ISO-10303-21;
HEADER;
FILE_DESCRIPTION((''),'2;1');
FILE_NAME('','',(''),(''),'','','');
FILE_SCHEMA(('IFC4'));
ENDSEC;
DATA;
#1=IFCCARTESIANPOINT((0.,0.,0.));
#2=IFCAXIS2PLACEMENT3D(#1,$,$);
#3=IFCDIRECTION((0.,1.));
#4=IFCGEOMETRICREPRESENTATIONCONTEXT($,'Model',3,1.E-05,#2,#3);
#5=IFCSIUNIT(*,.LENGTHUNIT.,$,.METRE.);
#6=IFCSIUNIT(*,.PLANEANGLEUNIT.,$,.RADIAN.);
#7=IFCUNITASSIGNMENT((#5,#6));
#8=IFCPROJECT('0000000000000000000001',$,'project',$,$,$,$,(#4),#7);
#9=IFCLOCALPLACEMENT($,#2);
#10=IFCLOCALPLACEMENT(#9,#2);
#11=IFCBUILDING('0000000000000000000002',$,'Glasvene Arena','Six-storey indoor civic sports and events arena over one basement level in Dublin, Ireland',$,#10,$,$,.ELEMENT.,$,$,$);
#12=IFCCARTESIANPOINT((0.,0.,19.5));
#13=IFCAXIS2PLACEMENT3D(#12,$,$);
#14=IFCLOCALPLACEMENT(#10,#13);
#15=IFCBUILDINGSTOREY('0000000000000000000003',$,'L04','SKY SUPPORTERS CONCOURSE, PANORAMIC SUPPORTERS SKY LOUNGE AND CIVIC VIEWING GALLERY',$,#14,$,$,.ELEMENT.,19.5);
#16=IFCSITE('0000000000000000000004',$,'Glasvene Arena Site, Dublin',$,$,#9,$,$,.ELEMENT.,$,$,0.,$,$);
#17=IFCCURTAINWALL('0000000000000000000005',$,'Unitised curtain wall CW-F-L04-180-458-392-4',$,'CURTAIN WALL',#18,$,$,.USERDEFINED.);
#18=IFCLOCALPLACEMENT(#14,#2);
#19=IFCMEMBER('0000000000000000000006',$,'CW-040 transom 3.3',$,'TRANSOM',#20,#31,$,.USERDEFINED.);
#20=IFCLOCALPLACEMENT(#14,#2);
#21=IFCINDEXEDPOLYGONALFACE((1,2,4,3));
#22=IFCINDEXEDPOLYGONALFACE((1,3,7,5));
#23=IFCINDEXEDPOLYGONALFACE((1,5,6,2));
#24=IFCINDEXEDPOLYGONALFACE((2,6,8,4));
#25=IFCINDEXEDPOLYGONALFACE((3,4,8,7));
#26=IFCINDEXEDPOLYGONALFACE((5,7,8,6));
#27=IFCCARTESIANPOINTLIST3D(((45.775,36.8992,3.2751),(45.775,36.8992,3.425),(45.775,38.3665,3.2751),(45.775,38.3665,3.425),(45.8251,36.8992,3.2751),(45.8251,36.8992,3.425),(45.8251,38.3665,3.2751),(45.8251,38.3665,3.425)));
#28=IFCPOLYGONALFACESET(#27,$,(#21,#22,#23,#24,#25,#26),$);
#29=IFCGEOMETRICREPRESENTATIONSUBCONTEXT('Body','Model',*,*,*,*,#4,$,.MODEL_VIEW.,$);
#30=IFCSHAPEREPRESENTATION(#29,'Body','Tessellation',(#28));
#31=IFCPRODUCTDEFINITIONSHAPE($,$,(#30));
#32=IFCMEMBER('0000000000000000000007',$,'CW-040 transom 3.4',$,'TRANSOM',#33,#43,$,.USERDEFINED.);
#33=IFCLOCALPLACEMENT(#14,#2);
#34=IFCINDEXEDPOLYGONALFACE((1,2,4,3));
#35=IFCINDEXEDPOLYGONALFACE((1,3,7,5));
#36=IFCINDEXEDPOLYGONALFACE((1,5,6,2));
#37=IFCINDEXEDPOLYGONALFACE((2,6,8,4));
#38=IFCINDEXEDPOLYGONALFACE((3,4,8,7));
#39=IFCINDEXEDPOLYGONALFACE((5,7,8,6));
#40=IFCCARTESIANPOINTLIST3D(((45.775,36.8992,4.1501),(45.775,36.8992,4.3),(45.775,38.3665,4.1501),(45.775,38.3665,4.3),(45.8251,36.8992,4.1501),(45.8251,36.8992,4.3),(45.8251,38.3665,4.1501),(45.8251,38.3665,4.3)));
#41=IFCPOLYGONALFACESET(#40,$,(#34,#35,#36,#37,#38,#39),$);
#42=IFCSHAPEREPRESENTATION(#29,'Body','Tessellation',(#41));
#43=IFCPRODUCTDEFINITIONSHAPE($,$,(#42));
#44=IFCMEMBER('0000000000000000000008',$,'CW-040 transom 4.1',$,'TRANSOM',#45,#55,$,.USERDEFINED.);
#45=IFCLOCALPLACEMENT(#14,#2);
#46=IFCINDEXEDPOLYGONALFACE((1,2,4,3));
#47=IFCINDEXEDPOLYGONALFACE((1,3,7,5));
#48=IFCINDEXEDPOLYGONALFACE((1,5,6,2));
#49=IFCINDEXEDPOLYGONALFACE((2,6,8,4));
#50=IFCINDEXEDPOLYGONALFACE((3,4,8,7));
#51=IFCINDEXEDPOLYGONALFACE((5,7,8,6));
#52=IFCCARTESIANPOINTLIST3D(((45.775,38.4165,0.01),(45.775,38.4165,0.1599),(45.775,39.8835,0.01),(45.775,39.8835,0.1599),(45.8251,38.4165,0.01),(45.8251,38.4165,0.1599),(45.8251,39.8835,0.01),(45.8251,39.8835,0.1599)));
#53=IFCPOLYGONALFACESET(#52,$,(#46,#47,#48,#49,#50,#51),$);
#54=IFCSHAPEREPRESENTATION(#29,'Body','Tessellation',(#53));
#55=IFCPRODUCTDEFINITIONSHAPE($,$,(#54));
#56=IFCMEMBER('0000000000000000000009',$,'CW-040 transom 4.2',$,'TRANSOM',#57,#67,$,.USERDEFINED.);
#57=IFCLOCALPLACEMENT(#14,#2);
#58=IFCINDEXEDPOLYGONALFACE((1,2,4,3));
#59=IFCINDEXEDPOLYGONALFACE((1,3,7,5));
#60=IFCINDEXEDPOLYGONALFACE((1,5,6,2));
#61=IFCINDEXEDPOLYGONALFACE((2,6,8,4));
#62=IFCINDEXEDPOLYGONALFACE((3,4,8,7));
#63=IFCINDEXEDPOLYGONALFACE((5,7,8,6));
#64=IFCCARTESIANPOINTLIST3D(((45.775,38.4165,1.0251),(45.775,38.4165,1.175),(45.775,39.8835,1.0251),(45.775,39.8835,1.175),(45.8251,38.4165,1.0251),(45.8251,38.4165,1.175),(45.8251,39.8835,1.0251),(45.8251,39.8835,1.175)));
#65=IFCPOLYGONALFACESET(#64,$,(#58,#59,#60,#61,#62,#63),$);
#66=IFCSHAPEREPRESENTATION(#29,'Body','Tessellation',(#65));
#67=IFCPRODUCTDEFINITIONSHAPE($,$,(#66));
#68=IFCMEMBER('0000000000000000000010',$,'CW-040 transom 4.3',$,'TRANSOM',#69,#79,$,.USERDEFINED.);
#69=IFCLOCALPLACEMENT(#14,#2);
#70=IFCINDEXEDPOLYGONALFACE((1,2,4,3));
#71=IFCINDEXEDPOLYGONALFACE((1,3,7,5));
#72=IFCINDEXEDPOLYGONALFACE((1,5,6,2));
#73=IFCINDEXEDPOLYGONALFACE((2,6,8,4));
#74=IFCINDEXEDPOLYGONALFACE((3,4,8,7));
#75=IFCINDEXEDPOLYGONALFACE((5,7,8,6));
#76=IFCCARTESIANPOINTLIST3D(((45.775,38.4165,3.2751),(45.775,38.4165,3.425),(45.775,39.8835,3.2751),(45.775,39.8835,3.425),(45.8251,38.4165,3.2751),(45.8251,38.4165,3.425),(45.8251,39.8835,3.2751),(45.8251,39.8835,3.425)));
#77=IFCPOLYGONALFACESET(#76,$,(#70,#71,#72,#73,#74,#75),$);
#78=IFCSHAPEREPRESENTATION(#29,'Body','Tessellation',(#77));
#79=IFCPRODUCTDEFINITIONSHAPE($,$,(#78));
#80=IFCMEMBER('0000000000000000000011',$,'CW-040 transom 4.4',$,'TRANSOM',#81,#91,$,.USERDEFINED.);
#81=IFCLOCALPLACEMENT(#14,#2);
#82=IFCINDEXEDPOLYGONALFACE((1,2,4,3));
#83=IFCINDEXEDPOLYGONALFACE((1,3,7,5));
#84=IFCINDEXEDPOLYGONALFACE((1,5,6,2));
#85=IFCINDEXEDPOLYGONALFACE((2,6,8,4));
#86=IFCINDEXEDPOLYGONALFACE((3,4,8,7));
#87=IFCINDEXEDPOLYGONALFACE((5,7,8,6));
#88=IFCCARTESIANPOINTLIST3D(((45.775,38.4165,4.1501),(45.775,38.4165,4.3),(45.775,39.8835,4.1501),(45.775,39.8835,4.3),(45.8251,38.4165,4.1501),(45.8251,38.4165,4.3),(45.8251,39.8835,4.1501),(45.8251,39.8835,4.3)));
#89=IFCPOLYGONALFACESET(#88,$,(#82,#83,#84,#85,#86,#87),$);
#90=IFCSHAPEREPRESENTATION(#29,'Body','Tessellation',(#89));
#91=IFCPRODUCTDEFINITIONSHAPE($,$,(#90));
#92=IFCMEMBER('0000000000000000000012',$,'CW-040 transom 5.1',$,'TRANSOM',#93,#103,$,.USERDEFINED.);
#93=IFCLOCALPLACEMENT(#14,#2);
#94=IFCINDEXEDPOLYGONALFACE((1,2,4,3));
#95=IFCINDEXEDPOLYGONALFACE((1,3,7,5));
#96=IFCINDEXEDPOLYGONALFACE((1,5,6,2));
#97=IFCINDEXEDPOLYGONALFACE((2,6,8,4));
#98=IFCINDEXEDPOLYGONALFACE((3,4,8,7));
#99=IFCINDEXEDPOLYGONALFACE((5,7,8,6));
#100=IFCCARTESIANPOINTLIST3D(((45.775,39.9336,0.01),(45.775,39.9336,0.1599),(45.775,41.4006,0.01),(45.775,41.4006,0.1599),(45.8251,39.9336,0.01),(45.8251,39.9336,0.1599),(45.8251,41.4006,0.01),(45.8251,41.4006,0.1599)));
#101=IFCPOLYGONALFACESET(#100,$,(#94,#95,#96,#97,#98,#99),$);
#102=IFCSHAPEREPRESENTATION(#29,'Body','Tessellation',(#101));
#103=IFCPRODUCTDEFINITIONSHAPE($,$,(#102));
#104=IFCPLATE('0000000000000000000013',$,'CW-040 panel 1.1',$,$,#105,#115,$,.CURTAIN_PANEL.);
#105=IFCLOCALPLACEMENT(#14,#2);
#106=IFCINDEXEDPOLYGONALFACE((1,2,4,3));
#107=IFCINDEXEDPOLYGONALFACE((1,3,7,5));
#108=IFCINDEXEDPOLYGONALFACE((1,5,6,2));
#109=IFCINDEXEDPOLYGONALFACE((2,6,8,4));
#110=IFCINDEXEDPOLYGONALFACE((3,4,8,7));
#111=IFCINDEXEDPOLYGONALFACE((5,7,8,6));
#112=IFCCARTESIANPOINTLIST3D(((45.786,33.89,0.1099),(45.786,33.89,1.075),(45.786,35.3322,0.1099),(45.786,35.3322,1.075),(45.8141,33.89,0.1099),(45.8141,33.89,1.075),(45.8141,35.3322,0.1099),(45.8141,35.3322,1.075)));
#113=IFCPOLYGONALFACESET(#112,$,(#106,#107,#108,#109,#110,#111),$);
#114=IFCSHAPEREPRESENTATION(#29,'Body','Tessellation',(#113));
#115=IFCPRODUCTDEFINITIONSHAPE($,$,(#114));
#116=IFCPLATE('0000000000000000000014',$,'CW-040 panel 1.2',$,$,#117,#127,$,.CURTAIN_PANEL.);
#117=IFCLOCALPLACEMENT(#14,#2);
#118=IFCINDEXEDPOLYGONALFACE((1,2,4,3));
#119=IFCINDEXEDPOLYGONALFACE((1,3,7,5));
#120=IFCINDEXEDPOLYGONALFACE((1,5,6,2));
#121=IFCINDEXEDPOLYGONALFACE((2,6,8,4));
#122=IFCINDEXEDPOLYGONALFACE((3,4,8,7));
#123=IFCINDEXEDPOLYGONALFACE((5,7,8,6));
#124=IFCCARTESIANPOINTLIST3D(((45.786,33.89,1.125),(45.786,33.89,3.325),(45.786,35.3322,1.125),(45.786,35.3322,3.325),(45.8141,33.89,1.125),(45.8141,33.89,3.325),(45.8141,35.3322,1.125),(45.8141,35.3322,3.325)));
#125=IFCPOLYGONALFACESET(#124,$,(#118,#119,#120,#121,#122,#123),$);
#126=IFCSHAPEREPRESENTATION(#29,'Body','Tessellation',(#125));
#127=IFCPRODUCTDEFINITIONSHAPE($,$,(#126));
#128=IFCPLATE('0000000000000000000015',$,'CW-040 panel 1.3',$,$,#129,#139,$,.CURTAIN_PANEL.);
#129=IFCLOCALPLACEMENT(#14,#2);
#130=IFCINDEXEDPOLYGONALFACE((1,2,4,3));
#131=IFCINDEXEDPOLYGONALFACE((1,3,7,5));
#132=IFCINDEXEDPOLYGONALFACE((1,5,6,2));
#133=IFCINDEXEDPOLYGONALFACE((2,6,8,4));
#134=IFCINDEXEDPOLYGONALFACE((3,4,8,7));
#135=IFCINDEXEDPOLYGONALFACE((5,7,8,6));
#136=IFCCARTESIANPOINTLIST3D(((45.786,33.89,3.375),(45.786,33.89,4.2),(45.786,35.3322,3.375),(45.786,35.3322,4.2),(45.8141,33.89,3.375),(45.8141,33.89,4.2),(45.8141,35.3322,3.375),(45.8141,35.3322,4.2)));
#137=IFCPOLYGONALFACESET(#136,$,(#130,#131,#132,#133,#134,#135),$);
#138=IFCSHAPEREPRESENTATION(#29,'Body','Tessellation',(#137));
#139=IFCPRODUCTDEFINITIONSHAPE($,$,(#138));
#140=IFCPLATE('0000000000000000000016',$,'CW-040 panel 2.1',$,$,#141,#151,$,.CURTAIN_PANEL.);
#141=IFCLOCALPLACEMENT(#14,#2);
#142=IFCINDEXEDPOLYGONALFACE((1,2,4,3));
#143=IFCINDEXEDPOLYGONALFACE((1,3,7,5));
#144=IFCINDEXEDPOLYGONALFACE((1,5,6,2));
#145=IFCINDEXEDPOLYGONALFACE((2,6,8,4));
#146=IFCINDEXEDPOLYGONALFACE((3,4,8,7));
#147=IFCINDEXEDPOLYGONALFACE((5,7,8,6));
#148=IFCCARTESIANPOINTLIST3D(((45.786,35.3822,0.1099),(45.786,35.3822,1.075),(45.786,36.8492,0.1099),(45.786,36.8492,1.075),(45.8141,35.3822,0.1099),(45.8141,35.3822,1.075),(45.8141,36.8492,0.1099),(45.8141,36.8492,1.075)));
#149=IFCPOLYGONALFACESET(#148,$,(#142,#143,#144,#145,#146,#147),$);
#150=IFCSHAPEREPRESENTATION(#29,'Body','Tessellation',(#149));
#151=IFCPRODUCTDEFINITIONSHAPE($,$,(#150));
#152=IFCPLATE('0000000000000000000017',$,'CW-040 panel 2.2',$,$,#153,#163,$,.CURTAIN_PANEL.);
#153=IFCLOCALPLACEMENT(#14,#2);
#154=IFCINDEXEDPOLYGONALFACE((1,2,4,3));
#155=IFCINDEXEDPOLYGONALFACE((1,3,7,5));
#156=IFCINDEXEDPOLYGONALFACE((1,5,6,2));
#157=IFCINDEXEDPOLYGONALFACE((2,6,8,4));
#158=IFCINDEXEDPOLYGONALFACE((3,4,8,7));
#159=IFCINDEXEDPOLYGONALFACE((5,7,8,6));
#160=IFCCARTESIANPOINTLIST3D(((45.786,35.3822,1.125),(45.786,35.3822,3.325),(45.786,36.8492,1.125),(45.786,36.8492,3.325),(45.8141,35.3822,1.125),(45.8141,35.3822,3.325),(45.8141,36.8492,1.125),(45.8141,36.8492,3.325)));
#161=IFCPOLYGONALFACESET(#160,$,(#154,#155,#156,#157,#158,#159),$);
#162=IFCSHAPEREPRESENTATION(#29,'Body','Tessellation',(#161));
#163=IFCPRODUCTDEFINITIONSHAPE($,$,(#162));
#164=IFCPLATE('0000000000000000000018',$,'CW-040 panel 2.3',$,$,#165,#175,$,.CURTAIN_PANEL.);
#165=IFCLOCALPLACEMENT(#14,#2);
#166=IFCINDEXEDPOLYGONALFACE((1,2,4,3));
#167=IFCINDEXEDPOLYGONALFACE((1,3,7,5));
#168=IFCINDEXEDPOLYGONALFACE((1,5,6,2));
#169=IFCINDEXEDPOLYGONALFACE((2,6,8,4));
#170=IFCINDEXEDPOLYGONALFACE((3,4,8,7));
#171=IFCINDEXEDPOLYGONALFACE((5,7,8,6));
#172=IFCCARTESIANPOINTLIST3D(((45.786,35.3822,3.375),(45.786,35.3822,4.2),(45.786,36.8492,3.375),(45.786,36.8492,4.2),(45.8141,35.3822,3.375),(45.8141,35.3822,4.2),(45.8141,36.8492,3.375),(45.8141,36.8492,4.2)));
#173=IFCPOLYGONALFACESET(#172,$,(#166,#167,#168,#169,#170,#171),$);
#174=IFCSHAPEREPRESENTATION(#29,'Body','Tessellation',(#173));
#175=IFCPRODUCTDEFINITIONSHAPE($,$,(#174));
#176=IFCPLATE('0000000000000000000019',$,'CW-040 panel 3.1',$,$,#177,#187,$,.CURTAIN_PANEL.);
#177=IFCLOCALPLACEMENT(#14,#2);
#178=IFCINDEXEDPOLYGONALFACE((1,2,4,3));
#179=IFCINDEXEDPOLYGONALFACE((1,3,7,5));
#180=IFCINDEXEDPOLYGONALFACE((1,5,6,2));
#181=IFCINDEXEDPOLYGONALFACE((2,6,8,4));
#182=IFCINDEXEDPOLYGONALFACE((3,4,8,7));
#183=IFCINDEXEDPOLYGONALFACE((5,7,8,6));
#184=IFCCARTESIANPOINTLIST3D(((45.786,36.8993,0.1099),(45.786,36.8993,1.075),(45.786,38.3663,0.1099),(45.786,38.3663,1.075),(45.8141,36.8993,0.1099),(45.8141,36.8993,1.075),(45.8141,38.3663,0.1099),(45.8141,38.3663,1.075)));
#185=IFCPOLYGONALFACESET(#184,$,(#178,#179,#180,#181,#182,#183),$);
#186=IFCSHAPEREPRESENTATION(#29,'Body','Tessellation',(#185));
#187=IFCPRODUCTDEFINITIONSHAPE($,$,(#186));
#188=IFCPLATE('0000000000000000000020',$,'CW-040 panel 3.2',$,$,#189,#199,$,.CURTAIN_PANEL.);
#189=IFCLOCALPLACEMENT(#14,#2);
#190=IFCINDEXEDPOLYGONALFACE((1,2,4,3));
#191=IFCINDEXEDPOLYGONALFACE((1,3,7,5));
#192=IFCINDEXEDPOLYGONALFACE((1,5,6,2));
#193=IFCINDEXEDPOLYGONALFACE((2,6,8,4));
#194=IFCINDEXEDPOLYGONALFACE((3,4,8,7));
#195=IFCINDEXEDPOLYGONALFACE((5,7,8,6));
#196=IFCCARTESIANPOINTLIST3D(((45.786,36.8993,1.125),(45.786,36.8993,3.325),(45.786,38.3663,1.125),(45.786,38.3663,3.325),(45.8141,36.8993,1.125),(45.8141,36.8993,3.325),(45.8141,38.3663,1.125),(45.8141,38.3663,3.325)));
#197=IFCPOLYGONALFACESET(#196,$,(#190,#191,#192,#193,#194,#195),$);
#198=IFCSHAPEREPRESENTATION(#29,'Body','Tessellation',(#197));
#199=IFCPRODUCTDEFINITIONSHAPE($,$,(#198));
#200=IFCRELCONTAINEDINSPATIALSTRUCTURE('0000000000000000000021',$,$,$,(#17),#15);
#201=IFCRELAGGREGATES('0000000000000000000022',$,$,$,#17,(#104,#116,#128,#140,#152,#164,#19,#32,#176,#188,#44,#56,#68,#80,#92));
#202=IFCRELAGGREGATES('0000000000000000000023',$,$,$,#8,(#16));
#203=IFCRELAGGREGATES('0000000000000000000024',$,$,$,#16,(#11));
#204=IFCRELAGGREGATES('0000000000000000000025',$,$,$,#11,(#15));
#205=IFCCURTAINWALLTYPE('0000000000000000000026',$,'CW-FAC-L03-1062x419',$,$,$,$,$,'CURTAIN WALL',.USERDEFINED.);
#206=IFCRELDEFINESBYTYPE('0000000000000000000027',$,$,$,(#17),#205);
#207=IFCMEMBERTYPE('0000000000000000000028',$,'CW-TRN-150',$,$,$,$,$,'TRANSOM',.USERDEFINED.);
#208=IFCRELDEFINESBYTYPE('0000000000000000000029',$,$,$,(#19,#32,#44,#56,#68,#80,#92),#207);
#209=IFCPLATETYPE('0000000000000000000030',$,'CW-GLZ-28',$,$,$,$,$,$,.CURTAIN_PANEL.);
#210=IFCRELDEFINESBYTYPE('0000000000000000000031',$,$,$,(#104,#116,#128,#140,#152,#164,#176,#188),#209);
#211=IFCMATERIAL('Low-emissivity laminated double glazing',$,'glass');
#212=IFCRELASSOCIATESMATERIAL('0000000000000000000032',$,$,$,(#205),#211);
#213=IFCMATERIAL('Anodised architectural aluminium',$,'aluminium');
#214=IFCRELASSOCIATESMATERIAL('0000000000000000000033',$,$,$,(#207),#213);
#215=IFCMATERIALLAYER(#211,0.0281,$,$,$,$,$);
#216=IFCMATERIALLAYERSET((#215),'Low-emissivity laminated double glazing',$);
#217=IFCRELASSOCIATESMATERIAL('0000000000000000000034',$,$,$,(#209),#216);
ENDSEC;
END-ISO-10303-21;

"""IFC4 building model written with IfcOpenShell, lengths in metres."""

from ifc_helpers import new_model, si_unit, direction, frame, origin, origin_2d, place, context, subcontext, project, spatial, rectangle, extrude, material, layer, layer_set, material_profile, profile_set, type_object, element, aggregate, save


model = new_model("IFC4")

# Units and contexts
model_context = context("Model", 3, precision=1e-05, world=origin(), true_north=direction((0.0, 1.0)))
body_context = subcontext(model_context, "Body", "Model", "MODEL_VIEW")
ifc_project = project(units=[si_unit("LENGTHUNIT", "METRE"), si_unit("PLANEANGLEUNIT", "RADIAN")], contexts=[model_context])

# Site, building, storey
site_placement = place(None, origin())
site = spatial("IfcSite", under=ifc_project, at=site_placement, Name="Glasvene Arena Site, Dublin", CompositionType="ELEMENT", RefElevation=0.0)
building_placement = place(site_placement, origin())
building = spatial("IfcBuilding", under=site, at=building_placement, Name="Glasvene Arena", Description="Six-storey indoor civic sports and events arena over one basement level in Dublin, Ireland", CompositionType="ELEMENT")
storey_placement = place(building_placement, frame((0.0, 0.0, 19.5)))
storey = spatial("IfcBuildingStorey", under=building, at=storey_placement, Name="L04", Description="SKY SUPPORTERS CONCOURSE, PANORAMIC SUPPORTERS SKY LOUNGE AND CIVIC VIEWING GALLERY", CompositionType="ELEMENT", Elevation=19.5)

# Curtain wall, members, plates
ifc_material_1 = material(Name="Low-emissivity laminated double glazing", Category="glass")
curtain_wall_type = type_object("IfcCurtainWallType", Name="CW-FAC-L03-1062x419", ElementType="CURTAIN WALL", PredefinedType="USERDEFINED", material=ifc_material_1)
curtain_wall_placement = place(storey_placement, frame((45.8, 33.8401, 0.0)))
curtain_wall = element("IfcCurtainWall", 1, at=curtain_wall_placement, inside=storey, type_object=curtain_wall_type, Name="Unitised curtain wall CW-F-L04-180-458-392-4", ObjectType="CURTAIN WALL", PredefinedType="USERDEFINED")
ifc_material_2 = material(Name="Anodised architectural aluminium", Category="aluminium")
ifc_material_profile_1 = material_profile(ifc_material_2, rectangle(XDim=0.05, YDim=0.1499, at=origin_2d()), Name="ALU TRANSOM 50x150")
ifc_profile_set_1 = profile_set([ifc_material_profile_1], Name="Anodised architectural aluminium")
member_type_1 = type_object("IfcMemberType", Name="CW-TRN-150", ElementType="TRANSOM", PredefinedType="USERDEFINED", material=ifc_profile_set_1)
member_1_placement = place(storey_placement, frame((45.8, 36.8992, 3.3501), z_axis=(0.0, 1.0, 0.0), x_axis=(-1.0, 0.0, 0.0)))
member_1 = element("IfcMember", 2, at=member_1_placement, type_object=member_type_1, Name="CW-040 transom 3.3", ObjectType="TRANSOM", PredefinedType="USERDEFINED", context=body_context, shape_type="SweptSolid", body=[
    extrude(rectangle(XDim=0.05, YDim=0.1499, at=origin_2d()), origin(), (0.0, 0.0, 1.0), 1.4673),
])
member_2_placement = place(storey_placement, frame((45.8, 36.8992, 4.2251), z_axis=(0.0, 1.0, 0.0), x_axis=(-1.0, 0.0, 0.0)))
member_2 = element("IfcMember", 3, at=member_2_placement, type_object=member_type_1, Name="CW-040 transom 3.4", ObjectType="TRANSOM", PredefinedType="USERDEFINED", context=body_context, shape_type="SweptSolid", body=[
    extrude(rectangle(XDim=0.05, YDim=0.1499, at=origin_2d()), origin(), (0.0, 0.0, 1.0), 1.4673),
])
member_3_placement = place(storey_placement, frame((45.8, 38.4165, 0.085), z_axis=(0.0, 1.0, 0.0), x_axis=(-1.0, 0.0, 0.0)))
member_3 = element("IfcMember", 4, at=member_3_placement, type_object=member_type_1, Name="CW-040 transom 4.1", ObjectType="TRANSOM", PredefinedType="USERDEFINED", context=body_context, shape_type="SweptSolid", body=[
    extrude(rectangle(XDim=0.05, YDim=0.1499, at=origin_2d()), origin(), (0.0, 0.0, 1.0), 1.467),
])
member_4_placement = place(storey_placement, frame((45.8, 38.4165, 1.1001), z_axis=(0.0, 1.0, 0.0), x_axis=(-1.0, 0.0, 0.0)))
member_4 = element("IfcMember", 5, at=member_4_placement, type_object=member_type_1, Name="CW-040 transom 4.2", ObjectType="TRANSOM", PredefinedType="USERDEFINED", context=body_context, shape_type="SweptSolid", body=[
    extrude(rectangle(XDim=0.05, YDim=0.1499, at=origin_2d()), origin(), (0.0, 0.0, 1.0), 1.467),
])
member_5_placement = place(storey_placement, frame((45.8, 38.4165, 3.3501), z_axis=(0.0, 1.0, 0.0), x_axis=(-1.0, 0.0, 0.0)))
member_5 = element("IfcMember", 6, at=member_5_placement, type_object=member_type_1, Name="CW-040 transom 4.3", ObjectType="TRANSOM", PredefinedType="USERDEFINED", context=body_context, shape_type="SweptSolid", body=[
    extrude(rectangle(XDim=0.05, YDim=0.1499, at=origin_2d()), origin(), (0.0, 0.0, 1.0), 1.467),
])
member_6_placement = place(storey_placement, frame((45.8, 38.4165, 4.2251), z_axis=(0.0, 1.0, 0.0), x_axis=(-1.0, 0.0, 0.0)))
member_6 = element("IfcMember", 7, at=member_6_placement, type_object=member_type_1, Name="CW-040 transom 4.4", ObjectType="TRANSOM", PredefinedType="USERDEFINED", context=body_context, shape_type="SweptSolid", body=[
    extrude(rectangle(XDim=0.05, YDim=0.1499, at=origin_2d()), origin(), (0.0, 0.0, 1.0), 1.467),
])
member_7_placement = place(storey_placement, frame((45.8, 39.9336, 0.085), z_axis=(0.0, 1.0, 0.0), x_axis=(-1.0, 0.0, 0.0)))
member_7 = element("IfcMember", 8, at=member_7_placement, type_object=member_type_1, Name="CW-040 transom 5.1", ObjectType="TRANSOM", PredefinedType="USERDEFINED", context=body_context, shape_type="SweptSolid", body=[
    extrude(rectangle(XDim=0.05, YDim=0.1499, at=origin_2d()), origin(), (0.0, 0.0, 1.0), 1.467),
])
ifc_layer_1 = layer(ifc_material_1, 0.0281)
ifc_layer_set_1 = layer_set([ifc_layer_1], Name="Low-emissivity laminated double glazing")
plate_type = type_object("IfcPlateType", Name="CW-GLZ-28", PredefinedType="CURTAIN_PANEL", material=ifc_layer_set_1)
plate_1_placement = place(storey_placement, frame((45.8, 34.6111, 0.1099), z_axis=(0.0, 0.0, 1.0), x_axis=(0.0, 1.0, 0.0)))
plate_1 = element("IfcPlate", 9, at=plate_1_placement, type_object=plate_type, Name="CW-040 panel 1.1", PredefinedType="CURTAIN_PANEL", context=body_context, shape_type="SweptSolid", body=[
    extrude(rectangle(XDim=1.4421, YDim=0.0281, at=origin_2d()), origin(), (0.0, 0.0, 1.0), 0.9651),
])
plate_2_placement = place(storey_placement, frame((45.8, 34.6111, 1.125), z_axis=(0.0, 0.0, 1.0), x_axis=(0.0, 1.0, 0.0)))
plate_2 = element("IfcPlate", 10, at=plate_2_placement, type_object=plate_type, Name="CW-040 panel 1.2", PredefinedType="CURTAIN_PANEL", context=body_context, shape_type="SweptSolid", body=[
    extrude(rectangle(XDim=1.4421, YDim=0.0281, at=origin_2d()), origin(), (0.0, 0.0, 1.0), 2.2),
])
plate_3_placement = place(storey_placement, frame((45.8, 34.6111, 3.375), z_axis=(0.0, 0.0, 1.0), x_axis=(0.0, 1.0, 0.0)))
plate_3 = element("IfcPlate", 11, at=plate_3_placement, type_object=plate_type, Name="CW-040 panel 1.3", PredefinedType="CURTAIN_PANEL", context=body_context, shape_type="SweptSolid", body=[
    extrude(rectangle(XDim=1.4421, YDim=0.0281, at=origin_2d()), origin(), (0.0, 0.0, 1.0), 0.825),
])
plate_4_placement = place(storey_placement, frame((45.8, 36.1157, 0.1099), z_axis=(0.0, 0.0, 1.0), x_axis=(0.0, 1.0, 0.0)))
plate_4 = element("IfcPlate", 12, at=plate_4_placement, type_object=plate_type, Name="CW-040 panel 2.1", PredefinedType="CURTAIN_PANEL", context=body_context, shape_type="SweptSolid", body=[
    extrude(rectangle(XDim=1.467, YDim=0.0281, at=origin_2d()), origin(), (0.0, 0.0, 1.0), 0.9651),
])
plate_5_placement = place(storey_placement, frame((45.8, 36.1157, 1.125), z_axis=(0.0, 0.0, 1.0), x_axis=(0.0, 1.0, 0.0)))
plate_5 = element("IfcPlate", 13, at=plate_5_placement, type_object=plate_type, Name="CW-040 panel 2.2", PredefinedType="CURTAIN_PANEL", context=body_context, shape_type="SweptSolid", body=[
    extrude(rectangle(XDim=1.467, YDim=0.0281, at=origin_2d()), origin(), (0.0, 0.0, 1.0), 2.2),
])
plate_6_placement = place(storey_placement, frame((45.8, 36.1157, 3.375), z_axis=(0.0, 0.0, 1.0), x_axis=(0.0, 1.0, 0.0)))
plate_6 = element("IfcPlate", 14, at=plate_6_placement, type_object=plate_type, Name="CW-040 panel 2.3", PredefinedType="CURTAIN_PANEL", context=body_context, shape_type="SweptSolid", body=[
    extrude(rectangle(XDim=1.467, YDim=0.0281, at=origin_2d()), origin(), (0.0, 0.0, 1.0), 0.825),
])
plate_7_placement = place(storey_placement, frame((45.8, 37.6328, 0.1099), z_axis=(0.0, 0.0, 1.0), x_axis=(0.0, 1.0, 0.0)))
plate_7 = element("IfcPlate", 15, at=plate_7_placement, type_object=plate_type, Name="CW-040 panel 3.1", PredefinedType="CURTAIN_PANEL", context=body_context, shape_type="SweptSolid", body=[
    extrude(rectangle(XDim=1.467, YDim=0.0281, at=origin_2d()), origin(), (0.0, 0.0, 1.0), 0.9651),
])
plate_8_placement = place(storey_placement, frame((45.8, 37.6328, 1.125), z_axis=(0.0, 0.0, 1.0), x_axis=(0.0, 1.0, 0.0)))
plate_8 = element("IfcPlate", 16, at=plate_8_placement, type_object=plate_type, Name="CW-040 panel 3.2", PredefinedType="CURTAIN_PANEL", context=body_context, shape_type="SweptSolid", body=[
    extrude(rectangle(XDim=1.467, YDim=0.0281, at=origin_2d()), origin(), (0.0, 0.0, 1.0), 2.2),
])
aggregate(curtain_wall, [plate_1, plate_2, plate_3, plate_4, plate_5, plate_6, member_1, member_2, plate_7, plate_8, member_3, member_4, member_5, member_6, member_7])

save(model, "model.ifc")
